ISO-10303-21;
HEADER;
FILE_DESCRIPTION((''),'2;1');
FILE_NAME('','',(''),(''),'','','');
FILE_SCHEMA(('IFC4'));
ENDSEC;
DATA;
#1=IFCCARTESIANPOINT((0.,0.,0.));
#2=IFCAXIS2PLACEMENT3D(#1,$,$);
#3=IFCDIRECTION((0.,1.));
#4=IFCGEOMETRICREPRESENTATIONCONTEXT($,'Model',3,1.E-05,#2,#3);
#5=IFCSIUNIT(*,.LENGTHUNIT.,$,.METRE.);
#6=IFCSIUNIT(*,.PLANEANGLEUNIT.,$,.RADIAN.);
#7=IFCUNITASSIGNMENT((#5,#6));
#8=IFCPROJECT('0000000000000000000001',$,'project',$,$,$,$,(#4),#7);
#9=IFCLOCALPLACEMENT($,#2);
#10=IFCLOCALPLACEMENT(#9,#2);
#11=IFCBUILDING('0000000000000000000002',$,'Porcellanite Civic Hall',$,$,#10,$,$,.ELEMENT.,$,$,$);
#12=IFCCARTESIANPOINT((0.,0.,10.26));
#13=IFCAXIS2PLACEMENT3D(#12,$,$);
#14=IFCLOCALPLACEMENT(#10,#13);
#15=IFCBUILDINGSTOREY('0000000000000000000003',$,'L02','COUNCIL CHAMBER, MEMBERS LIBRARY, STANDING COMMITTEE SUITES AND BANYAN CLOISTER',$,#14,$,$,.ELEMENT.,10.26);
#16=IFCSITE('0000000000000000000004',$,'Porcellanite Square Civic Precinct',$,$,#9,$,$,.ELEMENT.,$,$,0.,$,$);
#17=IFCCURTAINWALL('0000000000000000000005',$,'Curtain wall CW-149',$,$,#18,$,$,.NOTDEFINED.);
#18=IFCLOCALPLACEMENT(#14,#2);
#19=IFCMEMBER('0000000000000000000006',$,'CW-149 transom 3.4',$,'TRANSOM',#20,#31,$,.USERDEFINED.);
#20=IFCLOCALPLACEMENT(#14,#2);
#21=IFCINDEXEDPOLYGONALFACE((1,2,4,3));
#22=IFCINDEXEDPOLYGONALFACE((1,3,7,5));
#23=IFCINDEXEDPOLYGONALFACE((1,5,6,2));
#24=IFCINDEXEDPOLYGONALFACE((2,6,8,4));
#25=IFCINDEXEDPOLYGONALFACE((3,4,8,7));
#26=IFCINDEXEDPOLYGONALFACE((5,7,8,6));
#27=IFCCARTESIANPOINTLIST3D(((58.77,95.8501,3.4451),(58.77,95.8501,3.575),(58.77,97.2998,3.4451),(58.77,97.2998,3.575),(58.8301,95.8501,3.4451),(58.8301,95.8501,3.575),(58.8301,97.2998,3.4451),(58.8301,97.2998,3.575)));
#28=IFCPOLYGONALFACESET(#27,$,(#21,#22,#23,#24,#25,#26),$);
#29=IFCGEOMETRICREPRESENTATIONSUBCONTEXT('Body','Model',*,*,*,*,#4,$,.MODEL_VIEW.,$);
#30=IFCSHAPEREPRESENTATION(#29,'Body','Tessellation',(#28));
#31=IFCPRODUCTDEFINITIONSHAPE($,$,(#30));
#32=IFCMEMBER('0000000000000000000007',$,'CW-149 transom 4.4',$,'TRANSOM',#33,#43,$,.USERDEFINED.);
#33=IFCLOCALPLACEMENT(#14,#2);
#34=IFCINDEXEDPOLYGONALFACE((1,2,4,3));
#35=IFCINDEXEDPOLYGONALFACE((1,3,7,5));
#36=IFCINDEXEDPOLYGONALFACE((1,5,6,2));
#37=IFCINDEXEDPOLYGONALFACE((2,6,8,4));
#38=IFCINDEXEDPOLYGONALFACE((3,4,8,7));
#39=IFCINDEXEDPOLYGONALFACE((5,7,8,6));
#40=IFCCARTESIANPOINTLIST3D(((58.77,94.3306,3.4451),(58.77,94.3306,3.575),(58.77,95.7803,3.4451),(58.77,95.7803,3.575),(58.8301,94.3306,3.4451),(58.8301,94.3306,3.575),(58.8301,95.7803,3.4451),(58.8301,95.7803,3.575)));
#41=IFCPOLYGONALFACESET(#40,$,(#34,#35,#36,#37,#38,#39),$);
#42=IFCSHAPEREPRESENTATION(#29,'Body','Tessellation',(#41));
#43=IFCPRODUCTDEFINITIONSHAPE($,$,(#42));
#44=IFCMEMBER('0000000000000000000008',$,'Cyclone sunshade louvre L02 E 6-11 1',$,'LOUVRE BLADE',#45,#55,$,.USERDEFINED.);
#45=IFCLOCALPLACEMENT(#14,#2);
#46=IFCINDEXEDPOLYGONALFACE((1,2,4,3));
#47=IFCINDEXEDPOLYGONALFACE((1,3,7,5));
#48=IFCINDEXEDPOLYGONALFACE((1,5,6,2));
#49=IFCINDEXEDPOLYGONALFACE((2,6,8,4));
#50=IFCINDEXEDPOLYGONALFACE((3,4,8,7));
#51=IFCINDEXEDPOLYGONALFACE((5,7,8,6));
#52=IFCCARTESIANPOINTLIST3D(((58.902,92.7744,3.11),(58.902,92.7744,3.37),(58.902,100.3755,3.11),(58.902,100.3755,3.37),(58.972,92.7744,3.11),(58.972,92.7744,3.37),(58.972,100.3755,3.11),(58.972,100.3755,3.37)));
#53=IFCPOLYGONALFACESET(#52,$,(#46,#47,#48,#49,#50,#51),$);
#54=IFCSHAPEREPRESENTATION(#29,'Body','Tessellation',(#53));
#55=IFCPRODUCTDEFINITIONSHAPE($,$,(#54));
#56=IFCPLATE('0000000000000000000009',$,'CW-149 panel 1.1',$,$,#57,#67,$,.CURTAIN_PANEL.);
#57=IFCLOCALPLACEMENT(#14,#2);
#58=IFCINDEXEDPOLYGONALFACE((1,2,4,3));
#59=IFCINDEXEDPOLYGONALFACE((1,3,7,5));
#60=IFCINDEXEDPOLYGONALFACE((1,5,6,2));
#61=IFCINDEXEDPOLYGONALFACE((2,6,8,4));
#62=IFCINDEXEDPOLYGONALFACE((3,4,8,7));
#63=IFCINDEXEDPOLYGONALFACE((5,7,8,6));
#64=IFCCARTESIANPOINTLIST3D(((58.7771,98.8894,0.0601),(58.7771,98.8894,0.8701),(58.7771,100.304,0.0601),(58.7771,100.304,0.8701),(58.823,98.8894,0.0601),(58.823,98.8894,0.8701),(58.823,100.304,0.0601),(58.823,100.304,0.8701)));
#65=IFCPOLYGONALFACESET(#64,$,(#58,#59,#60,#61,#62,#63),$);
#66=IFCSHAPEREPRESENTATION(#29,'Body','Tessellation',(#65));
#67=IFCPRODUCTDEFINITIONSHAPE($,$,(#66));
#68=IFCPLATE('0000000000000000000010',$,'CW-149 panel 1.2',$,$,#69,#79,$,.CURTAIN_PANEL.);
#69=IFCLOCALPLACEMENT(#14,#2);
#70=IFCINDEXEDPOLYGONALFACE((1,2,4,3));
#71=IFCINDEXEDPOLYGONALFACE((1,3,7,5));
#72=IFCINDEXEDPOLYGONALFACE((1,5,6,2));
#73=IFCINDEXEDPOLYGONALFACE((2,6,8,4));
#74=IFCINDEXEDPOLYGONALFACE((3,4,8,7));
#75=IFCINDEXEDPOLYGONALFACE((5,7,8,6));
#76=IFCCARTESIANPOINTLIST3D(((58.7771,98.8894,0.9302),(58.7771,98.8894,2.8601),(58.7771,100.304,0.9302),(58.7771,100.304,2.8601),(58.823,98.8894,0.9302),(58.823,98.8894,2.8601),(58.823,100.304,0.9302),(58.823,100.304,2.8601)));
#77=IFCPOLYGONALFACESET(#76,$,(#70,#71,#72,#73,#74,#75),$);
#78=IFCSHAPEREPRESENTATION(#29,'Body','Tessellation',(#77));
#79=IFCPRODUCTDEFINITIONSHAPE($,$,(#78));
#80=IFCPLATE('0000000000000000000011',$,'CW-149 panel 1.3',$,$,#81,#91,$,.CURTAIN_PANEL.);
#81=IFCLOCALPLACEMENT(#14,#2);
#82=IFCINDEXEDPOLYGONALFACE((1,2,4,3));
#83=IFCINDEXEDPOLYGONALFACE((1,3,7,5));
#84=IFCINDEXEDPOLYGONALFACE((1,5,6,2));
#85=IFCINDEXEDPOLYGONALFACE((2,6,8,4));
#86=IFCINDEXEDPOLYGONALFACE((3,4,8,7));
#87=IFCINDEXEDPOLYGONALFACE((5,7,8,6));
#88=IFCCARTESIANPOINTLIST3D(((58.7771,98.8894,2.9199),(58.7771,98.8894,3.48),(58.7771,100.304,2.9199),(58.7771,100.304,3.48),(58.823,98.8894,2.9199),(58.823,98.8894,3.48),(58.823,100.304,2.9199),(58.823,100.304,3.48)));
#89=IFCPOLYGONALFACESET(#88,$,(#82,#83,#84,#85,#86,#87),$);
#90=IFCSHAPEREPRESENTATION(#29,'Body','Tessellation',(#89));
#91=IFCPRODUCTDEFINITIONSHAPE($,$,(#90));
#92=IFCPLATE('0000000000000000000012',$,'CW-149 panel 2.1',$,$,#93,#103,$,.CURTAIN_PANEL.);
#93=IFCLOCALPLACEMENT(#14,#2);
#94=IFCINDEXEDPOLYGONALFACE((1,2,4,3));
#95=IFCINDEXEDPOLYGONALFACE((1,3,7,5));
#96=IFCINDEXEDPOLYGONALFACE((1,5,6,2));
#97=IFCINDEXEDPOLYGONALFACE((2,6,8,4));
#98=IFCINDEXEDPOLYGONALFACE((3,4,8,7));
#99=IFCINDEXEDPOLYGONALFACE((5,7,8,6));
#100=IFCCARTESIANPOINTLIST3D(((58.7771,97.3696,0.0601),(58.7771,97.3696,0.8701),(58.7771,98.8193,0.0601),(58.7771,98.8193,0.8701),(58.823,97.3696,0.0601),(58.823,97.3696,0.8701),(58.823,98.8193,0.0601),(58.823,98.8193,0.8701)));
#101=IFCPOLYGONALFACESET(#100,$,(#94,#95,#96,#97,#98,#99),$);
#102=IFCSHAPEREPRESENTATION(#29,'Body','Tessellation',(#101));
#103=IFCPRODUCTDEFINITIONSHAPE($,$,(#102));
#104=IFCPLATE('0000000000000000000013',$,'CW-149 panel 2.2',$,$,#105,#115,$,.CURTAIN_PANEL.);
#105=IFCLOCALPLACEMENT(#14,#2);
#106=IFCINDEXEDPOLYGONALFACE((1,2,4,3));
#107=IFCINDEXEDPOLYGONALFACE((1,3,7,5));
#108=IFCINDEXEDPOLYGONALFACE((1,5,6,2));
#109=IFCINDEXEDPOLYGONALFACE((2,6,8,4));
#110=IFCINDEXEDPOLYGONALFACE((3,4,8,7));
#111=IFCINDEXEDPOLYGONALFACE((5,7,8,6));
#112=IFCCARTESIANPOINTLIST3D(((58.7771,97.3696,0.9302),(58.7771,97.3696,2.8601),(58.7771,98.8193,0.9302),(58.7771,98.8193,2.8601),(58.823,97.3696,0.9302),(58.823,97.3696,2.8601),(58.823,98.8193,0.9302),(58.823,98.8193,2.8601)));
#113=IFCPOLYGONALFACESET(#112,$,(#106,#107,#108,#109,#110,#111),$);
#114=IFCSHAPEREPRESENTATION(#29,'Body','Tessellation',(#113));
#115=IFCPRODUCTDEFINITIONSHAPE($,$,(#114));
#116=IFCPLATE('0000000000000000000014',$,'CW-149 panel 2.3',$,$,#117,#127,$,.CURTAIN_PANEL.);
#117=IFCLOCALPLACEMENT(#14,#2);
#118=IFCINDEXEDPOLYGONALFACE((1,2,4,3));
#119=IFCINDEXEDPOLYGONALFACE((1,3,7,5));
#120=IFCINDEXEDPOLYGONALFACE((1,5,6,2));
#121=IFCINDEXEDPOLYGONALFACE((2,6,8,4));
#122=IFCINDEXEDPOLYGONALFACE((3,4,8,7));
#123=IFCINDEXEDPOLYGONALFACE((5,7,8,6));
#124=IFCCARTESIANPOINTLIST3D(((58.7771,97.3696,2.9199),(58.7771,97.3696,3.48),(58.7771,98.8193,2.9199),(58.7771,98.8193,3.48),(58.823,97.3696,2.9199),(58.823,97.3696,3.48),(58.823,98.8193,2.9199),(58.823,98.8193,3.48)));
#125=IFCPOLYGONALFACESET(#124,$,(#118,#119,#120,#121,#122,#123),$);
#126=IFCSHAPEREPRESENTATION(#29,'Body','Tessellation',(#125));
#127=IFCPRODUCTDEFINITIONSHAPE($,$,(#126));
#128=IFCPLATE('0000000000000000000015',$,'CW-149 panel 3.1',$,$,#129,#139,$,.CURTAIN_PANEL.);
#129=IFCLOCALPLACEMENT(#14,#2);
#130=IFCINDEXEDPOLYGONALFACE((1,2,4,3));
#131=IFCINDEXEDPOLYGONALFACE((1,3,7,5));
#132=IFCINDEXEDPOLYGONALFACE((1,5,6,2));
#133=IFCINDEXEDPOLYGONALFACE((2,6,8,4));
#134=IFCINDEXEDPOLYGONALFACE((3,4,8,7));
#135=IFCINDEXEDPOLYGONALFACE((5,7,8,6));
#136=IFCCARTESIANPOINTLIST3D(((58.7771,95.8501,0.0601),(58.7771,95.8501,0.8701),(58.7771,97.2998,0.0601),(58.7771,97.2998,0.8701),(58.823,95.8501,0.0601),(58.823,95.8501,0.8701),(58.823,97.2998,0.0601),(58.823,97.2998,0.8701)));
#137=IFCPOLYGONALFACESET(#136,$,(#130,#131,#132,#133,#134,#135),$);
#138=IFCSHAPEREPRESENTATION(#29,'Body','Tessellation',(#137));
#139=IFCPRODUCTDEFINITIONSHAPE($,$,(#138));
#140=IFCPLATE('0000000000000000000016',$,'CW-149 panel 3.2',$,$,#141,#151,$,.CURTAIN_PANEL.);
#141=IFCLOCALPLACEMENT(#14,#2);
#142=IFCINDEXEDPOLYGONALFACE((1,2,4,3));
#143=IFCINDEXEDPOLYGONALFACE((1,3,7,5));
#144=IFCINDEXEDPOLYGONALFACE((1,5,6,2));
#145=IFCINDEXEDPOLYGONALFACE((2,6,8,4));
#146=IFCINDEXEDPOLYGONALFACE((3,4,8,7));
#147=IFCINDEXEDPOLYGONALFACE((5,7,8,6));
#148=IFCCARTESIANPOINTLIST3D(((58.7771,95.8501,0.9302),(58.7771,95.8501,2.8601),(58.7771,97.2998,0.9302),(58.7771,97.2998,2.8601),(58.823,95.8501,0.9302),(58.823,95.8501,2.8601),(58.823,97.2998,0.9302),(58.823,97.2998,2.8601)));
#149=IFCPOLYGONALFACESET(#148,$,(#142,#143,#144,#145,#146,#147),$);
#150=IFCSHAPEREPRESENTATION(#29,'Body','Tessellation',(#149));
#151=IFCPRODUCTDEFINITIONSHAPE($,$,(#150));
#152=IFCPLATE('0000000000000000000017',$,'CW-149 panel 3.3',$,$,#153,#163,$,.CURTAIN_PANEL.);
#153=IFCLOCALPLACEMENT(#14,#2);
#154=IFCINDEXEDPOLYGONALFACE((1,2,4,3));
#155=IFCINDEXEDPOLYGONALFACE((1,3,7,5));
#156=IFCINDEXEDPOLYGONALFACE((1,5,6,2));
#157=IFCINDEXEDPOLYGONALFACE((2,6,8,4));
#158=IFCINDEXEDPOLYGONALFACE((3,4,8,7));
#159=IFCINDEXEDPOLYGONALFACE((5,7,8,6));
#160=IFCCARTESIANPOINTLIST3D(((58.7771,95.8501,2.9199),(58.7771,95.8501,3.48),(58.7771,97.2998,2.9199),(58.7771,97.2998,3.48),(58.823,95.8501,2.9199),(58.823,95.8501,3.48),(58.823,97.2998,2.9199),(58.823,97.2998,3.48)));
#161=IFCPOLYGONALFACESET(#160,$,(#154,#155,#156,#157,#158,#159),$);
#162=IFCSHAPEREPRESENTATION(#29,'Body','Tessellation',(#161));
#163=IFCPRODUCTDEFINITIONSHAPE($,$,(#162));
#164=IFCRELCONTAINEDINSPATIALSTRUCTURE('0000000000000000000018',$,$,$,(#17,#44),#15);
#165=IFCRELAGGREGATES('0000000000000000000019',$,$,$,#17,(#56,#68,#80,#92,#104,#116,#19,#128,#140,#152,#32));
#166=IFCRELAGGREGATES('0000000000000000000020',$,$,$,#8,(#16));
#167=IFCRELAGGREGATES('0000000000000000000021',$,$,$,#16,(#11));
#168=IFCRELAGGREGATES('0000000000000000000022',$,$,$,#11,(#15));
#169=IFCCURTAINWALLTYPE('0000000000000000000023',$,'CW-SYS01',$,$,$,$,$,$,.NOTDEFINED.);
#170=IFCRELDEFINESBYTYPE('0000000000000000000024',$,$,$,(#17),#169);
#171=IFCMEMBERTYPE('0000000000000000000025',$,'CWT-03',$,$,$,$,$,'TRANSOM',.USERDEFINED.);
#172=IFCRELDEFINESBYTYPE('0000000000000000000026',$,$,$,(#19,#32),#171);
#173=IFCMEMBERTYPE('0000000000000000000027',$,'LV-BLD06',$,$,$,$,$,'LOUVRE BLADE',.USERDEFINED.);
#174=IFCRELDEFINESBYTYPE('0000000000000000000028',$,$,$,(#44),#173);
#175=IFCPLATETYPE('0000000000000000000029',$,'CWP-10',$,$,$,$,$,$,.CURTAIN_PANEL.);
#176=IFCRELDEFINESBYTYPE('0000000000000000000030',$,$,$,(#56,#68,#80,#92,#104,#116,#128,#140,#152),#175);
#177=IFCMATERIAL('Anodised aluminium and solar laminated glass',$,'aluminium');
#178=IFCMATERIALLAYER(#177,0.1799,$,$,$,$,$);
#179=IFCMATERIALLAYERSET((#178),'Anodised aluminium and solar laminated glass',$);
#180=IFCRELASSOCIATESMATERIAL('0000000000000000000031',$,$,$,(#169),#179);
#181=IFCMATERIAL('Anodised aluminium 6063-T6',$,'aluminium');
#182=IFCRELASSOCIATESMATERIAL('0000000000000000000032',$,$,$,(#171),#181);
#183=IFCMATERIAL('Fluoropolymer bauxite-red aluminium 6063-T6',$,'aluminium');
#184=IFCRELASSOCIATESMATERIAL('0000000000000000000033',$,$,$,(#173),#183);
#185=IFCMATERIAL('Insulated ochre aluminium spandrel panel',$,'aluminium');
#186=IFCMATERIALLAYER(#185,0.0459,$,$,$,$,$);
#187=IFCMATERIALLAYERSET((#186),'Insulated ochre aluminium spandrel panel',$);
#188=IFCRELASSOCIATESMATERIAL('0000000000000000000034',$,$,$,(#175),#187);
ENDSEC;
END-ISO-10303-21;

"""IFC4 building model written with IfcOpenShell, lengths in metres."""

from ifc_helpers import new_model, si_unit, direction, frame, origin, origin_2d, place, context, subcontext, project, spatial, rectangle, extrude, material, layer, layer_set, material_profile, profile_set, type_object, element, aggregate, save


model = new_model("IFC4")

# Units and contexts
model_context = context("Model", 3, precision=1e-05, world=origin(), true_north=direction((0.0, 1.0)))
body_context = subcontext(model_context, "Body", "Model", "MODEL_VIEW")
ifc_project = project(units=[si_unit("LENGTHUNIT", "METRE"), si_unit("PLANEANGLEUNIT", "RADIAN")], contexts=[model_context])

# Site, building, storey
site_placement = place(None, origin())
site = spatial("IfcSite", under=ifc_project, at=site_placement, Name="Porcellanite Square Civic Precinct", CompositionType="ELEMENT", RefElevation=0.0)
building_placement = place(site_placement, origin())
building = spatial("IfcBuilding", under=site, at=building_placement, Name="Porcellanite Civic Hall", CompositionType="ELEMENT")
storey_placement = place(building_placement, frame((0.0, 0.0, 10.26)))
storey = spatial("IfcBuildingStorey", under=building, at=storey_placement, Name="L02", Description="COUNCIL CHAMBER, MEMBERS LIBRARY, STANDING COMMITTEE SUITES AND BANYAN CLOISTER", CompositionType="ELEMENT", Elevation=10.26)

# Curtain wall, members
ifc_material_1 = material(Name="Anodised aluminium and solar laminated glass", Category="aluminium")
ifc_layer_1 = layer(ifc_material_1, 0.1799)
ifc_layer_set_1 = layer_set([ifc_layer_1], Name="Anodised aluminium and solar laminated glass")
curtain_wall_type = type_object("IfcCurtainWallType", Name="CW-SYS01", PredefinedType="NOTDEFINED", material=ifc_layer_set_1)
curtain_wall_placement = place(storey_placement, origin())
curtain_wall = element("IfcCurtainWall", 1, at=curtain_wall_placement, inside=storey, type_object=curtain_wall_type, Name="Curtain wall CW-149", PredefinedType="NOTDEFINED")
ifc_material_2 = material(Name="Anodised aluminium 6063-T6", Category="aluminium")
ifc_material_profile_1 = material_profile(ifc_material_2, rectangle(XDim=0.0601, YDim=0.1299, at=origin_2d()), Name="AL-60x130")
ifc_profile_set_1 = profile_set([ifc_material_profile_1], Name="Anodised aluminium 6063-T6")
member_type_1 = type_object("IfcMemberType", Name="CWT-03", ElementType="TRANSOM", PredefinedType="USERDEFINED", material=ifc_profile_set_1)
member_1_placement = place(storey_placement, frame((58.8, 97.2998, 3.51), z_axis=(0.0, -1.0, 0.0), x_axis=(1.0, 0.0, 0.0)))
member_1 = element("IfcMember", 2, at=member_1_placement, type_object=member_type_1, Name="CW-149 transom 3.4", ObjectType="TRANSOM", PredefinedType="USERDEFINED", context=body_context, shape_type="SweptSolid", body=[
    extrude(rectangle(XDim=0.0601, YDim=0.1299, at=origin_2d()), origin(), (0.0, 0.0, 1.0), 1.4497),
])
member_2_placement = place(storey_placement, frame((58.8, 95.7803, 3.51), z_axis=(0.0, -1.0, 0.0), x_axis=(1.0, 0.0, 0.0)))
member_2 = element("IfcMember", 3, at=member_2_placement, type_object=member_type_1, Name="CW-149 transom 4.4", ObjectType="TRANSOM", PredefinedType="USERDEFINED", context=body_context, shape_type="SweptSolid", body=[
    extrude(rectangle(XDim=0.0601, YDim=0.1299, at=origin_2d()), origin(), (0.0, 0.0, 1.0), 1.4497),
])

# Member
ifc_material_3 = material(Name="Fluoropolymer bauxite-red aluminium 6063-T6", Category="aluminium")
ifc_material_profile_2 = material_profile(ifc_material_3, rectangle(XDim=0.0701, YDim=0.26, at=origin_2d()), Name="AL-70x260")
ifc_profile_set_2 = profile_set([ifc_material_profile_2], Name="Fluoropolymer bauxite-red aluminium 6063-T6")
member_type_2 = type_object("IfcMemberType", Name="LV-BLD06", ElementType="LOUVRE BLADE", PredefinedType="USERDEFINED", material=ifc_profile_set_2)
member_3_placement = place(storey_placement, frame((58.937, 100.3755, 3.24), z_axis=(0.0, -1.0, 0.0), x_axis=(1.0, 0.0, 0.0)))
element("IfcMember", 4, at=member_3_placement, inside=storey, type_object=member_type_2, Name="Cyclone sunshade louvre L02 E 6-11 1", ObjectType="LOUVRE BLADE", PredefinedType="USERDEFINED", context=body_context, shape_type="SweptSolid", body=[
    extrude(rectangle(XDim=0.0701, YDim=0.26, at=origin_2d()), origin(), (0.0, 0.0, 1.0), 7.6011),
])

# Plates
ifc_material_4 = material(Name="Insulated ochre aluminium spandrel panel", Category="aluminium")
ifc_layer_2 = layer(ifc_material_4, 0.0459)
ifc_layer_set_2 = layer_set([ifc_layer_2], Name="Insulated ochre aluminium spandrel panel")
plate_type = type_object("IfcPlateType", Name="CWP-10", PredefinedType="CURTAIN_PANEL", material=ifc_layer_set_2)
plate_1_placement = place(storey_placement, frame((58.8, 99.5967, 0.0601), z_axis=(0.0, 0.0, 1.0), x_axis=(0.0, -1.0, 0.0)))
plate_1 = element("IfcPlate", 5, at=plate_1_placement, type_object=plate_type, Name="CW-149 panel 1.1", PredefinedType="CURTAIN_PANEL", context=body_context, shape_type="SweptSolid", body=[
    extrude(rectangle(XDim=1.4146, YDim=0.0459, at=origin_2d()), origin(), (0.0, 0.0, 1.0), 0.8101),
])
plate_2_placement = place(storey_placement, frame((58.8, 99.5967, 0.9302), z_axis=(0.0, 0.0, 1.0), x_axis=(0.0, -1.0, 0.0)))
plate_2 = element("IfcPlate", 6, at=plate_2_placement, type_object=plate_type, Name="CW-149 panel 1.2", PredefinedType="CURTAIN_PANEL", context=body_context, shape_type="SweptSolid", body=[
    extrude(rectangle(XDim=1.4146, YDim=0.0459, at=origin_2d()), origin(), (0.0, 0.0, 1.0), 1.9299),
])
plate_3_placement = place(storey_placement, frame((58.8, 99.5967, 2.9199), z_axis=(0.0, 0.0, 1.0), x_axis=(0.0, -1.0, 0.0)))
plate_3 = element("IfcPlate", 7, at=plate_3_placement, type_object=plate_type, Name="CW-149 panel 1.3", PredefinedType="CURTAIN_PANEL", context=body_context, shape_type="SweptSolid", body=[
    extrude(rectangle(XDim=1.4146, YDim=0.0459, at=origin_2d()), origin(), (0.0, 0.0, 1.0), 0.5601),
])
plate_4_placement = place(storey_placement, frame((58.8, 98.0945, 0.0601), z_axis=(0.0, 0.0, 1.0), x_axis=(0.0, -1.0, 0.0)))
plate_4 = element("IfcPlate", 8, at=plate_4_placement, type_object=plate_type, Name="CW-149 panel 2.1", PredefinedType="CURTAIN_PANEL", context=body_context, shape_type="SweptSolid", body=[
    extrude(rectangle(XDim=1.4497, YDim=0.0459, at=origin_2d()), origin(), (0.0, 0.0, 1.0), 0.8101),
])
plate_5_placement = place(storey_placement, frame((58.8, 98.0945, 0.9302), z_axis=(0.0, 0.0, 1.0), x_axis=(0.0, -1.0, 0.0)))
plate_5 = element("IfcPlate", 9, at=plate_5_placement, type_object=plate_type, Name="CW-149 panel 2.2", PredefinedType="CURTAIN_PANEL", context=body_context, shape_type="SweptSolid", body=[
    extrude(rectangle(XDim=1.4497, YDim=0.0459, at=origin_2d()), origin(), (0.0, 0.0, 1.0), 1.9299),
])
plate_6_placement = place(storey_placement, frame((58.8, 98.0945, 2.9199), z_axis=(0.0, 0.0, 1.0), x_axis=(0.0, -1.0, 0.0)))
plate_6 = element("IfcPlate", 10, at=plate_6_placement, type_object=plate_type, Name="CW-149 panel 2.3", PredefinedType="CURTAIN_PANEL", context=body_context, shape_type="SweptSolid", body=[
    extrude(rectangle(XDim=1.4497, YDim=0.0459, at=origin_2d()), origin(), (0.0, 0.0, 1.0), 0.5601),
])
plate_7_placement = place(storey_placement, frame((58.8, 96.575, 0.0601), z_axis=(0.0, 0.0, 1.0), x_axis=(0.0, -1.0, 0.0)))
plate_7 = element("IfcPlate", 11, at=plate_7_placement, type_object=plate_type, Name="CW-149 panel 3.1", PredefinedType="CURTAIN_PANEL", context=body_context, shape_type="SweptSolid", body=[
    extrude(rectangle(XDim=1.4497, YDim=0.0459, at=origin_2d()), origin(), (0.0, 0.0, 1.0), 0.8101),
])
plate_8_placement = place(storey_placement, frame((58.8, 96.575, 0.9302), z_axis=(0.0, 0.0, 1.0), x_axis=(0.0, -1.0, 0.0)))
plate_8 = element("IfcPlate", 12, at=plate_8_placement, type_object=plate_type, Name="CW-149 panel 3.2", PredefinedType="CURTAIN_PANEL", context=body_context, shape_type="SweptSolid", body=[
    extrude(rectangle(XDim=1.4497, YDim=0.0459, at=origin_2d()), origin(), (0.0, 0.0, 1.0), 1.9299),
])
plate_9_placement = place(storey_placement, frame((58.8, 96.575, 2.9199), z_axis=(0.0, 0.0, 1.0), x_axis=(0.0, -1.0, 0.0)))
plate_9 = element("IfcPlate", 13, at=plate_9_placement, type_object=plate_type, Name="CW-149 panel 3.3", PredefinedType="CURTAIN_PANEL", context=body_context, shape_type="SweptSolid", body=[
    extrude(rectangle(XDim=1.4497, YDim=0.0459, at=origin_2d()), origin(), (0.0, 0.0, 1.0), 0.5601),
])
aggregate(curtain_wall, [plate_1, plate_2, plate_3, plate_4, plate_5, plate_6, member_1, plate_7, plate_8, plate_9, member_2])

save(model, "model.ifc")
